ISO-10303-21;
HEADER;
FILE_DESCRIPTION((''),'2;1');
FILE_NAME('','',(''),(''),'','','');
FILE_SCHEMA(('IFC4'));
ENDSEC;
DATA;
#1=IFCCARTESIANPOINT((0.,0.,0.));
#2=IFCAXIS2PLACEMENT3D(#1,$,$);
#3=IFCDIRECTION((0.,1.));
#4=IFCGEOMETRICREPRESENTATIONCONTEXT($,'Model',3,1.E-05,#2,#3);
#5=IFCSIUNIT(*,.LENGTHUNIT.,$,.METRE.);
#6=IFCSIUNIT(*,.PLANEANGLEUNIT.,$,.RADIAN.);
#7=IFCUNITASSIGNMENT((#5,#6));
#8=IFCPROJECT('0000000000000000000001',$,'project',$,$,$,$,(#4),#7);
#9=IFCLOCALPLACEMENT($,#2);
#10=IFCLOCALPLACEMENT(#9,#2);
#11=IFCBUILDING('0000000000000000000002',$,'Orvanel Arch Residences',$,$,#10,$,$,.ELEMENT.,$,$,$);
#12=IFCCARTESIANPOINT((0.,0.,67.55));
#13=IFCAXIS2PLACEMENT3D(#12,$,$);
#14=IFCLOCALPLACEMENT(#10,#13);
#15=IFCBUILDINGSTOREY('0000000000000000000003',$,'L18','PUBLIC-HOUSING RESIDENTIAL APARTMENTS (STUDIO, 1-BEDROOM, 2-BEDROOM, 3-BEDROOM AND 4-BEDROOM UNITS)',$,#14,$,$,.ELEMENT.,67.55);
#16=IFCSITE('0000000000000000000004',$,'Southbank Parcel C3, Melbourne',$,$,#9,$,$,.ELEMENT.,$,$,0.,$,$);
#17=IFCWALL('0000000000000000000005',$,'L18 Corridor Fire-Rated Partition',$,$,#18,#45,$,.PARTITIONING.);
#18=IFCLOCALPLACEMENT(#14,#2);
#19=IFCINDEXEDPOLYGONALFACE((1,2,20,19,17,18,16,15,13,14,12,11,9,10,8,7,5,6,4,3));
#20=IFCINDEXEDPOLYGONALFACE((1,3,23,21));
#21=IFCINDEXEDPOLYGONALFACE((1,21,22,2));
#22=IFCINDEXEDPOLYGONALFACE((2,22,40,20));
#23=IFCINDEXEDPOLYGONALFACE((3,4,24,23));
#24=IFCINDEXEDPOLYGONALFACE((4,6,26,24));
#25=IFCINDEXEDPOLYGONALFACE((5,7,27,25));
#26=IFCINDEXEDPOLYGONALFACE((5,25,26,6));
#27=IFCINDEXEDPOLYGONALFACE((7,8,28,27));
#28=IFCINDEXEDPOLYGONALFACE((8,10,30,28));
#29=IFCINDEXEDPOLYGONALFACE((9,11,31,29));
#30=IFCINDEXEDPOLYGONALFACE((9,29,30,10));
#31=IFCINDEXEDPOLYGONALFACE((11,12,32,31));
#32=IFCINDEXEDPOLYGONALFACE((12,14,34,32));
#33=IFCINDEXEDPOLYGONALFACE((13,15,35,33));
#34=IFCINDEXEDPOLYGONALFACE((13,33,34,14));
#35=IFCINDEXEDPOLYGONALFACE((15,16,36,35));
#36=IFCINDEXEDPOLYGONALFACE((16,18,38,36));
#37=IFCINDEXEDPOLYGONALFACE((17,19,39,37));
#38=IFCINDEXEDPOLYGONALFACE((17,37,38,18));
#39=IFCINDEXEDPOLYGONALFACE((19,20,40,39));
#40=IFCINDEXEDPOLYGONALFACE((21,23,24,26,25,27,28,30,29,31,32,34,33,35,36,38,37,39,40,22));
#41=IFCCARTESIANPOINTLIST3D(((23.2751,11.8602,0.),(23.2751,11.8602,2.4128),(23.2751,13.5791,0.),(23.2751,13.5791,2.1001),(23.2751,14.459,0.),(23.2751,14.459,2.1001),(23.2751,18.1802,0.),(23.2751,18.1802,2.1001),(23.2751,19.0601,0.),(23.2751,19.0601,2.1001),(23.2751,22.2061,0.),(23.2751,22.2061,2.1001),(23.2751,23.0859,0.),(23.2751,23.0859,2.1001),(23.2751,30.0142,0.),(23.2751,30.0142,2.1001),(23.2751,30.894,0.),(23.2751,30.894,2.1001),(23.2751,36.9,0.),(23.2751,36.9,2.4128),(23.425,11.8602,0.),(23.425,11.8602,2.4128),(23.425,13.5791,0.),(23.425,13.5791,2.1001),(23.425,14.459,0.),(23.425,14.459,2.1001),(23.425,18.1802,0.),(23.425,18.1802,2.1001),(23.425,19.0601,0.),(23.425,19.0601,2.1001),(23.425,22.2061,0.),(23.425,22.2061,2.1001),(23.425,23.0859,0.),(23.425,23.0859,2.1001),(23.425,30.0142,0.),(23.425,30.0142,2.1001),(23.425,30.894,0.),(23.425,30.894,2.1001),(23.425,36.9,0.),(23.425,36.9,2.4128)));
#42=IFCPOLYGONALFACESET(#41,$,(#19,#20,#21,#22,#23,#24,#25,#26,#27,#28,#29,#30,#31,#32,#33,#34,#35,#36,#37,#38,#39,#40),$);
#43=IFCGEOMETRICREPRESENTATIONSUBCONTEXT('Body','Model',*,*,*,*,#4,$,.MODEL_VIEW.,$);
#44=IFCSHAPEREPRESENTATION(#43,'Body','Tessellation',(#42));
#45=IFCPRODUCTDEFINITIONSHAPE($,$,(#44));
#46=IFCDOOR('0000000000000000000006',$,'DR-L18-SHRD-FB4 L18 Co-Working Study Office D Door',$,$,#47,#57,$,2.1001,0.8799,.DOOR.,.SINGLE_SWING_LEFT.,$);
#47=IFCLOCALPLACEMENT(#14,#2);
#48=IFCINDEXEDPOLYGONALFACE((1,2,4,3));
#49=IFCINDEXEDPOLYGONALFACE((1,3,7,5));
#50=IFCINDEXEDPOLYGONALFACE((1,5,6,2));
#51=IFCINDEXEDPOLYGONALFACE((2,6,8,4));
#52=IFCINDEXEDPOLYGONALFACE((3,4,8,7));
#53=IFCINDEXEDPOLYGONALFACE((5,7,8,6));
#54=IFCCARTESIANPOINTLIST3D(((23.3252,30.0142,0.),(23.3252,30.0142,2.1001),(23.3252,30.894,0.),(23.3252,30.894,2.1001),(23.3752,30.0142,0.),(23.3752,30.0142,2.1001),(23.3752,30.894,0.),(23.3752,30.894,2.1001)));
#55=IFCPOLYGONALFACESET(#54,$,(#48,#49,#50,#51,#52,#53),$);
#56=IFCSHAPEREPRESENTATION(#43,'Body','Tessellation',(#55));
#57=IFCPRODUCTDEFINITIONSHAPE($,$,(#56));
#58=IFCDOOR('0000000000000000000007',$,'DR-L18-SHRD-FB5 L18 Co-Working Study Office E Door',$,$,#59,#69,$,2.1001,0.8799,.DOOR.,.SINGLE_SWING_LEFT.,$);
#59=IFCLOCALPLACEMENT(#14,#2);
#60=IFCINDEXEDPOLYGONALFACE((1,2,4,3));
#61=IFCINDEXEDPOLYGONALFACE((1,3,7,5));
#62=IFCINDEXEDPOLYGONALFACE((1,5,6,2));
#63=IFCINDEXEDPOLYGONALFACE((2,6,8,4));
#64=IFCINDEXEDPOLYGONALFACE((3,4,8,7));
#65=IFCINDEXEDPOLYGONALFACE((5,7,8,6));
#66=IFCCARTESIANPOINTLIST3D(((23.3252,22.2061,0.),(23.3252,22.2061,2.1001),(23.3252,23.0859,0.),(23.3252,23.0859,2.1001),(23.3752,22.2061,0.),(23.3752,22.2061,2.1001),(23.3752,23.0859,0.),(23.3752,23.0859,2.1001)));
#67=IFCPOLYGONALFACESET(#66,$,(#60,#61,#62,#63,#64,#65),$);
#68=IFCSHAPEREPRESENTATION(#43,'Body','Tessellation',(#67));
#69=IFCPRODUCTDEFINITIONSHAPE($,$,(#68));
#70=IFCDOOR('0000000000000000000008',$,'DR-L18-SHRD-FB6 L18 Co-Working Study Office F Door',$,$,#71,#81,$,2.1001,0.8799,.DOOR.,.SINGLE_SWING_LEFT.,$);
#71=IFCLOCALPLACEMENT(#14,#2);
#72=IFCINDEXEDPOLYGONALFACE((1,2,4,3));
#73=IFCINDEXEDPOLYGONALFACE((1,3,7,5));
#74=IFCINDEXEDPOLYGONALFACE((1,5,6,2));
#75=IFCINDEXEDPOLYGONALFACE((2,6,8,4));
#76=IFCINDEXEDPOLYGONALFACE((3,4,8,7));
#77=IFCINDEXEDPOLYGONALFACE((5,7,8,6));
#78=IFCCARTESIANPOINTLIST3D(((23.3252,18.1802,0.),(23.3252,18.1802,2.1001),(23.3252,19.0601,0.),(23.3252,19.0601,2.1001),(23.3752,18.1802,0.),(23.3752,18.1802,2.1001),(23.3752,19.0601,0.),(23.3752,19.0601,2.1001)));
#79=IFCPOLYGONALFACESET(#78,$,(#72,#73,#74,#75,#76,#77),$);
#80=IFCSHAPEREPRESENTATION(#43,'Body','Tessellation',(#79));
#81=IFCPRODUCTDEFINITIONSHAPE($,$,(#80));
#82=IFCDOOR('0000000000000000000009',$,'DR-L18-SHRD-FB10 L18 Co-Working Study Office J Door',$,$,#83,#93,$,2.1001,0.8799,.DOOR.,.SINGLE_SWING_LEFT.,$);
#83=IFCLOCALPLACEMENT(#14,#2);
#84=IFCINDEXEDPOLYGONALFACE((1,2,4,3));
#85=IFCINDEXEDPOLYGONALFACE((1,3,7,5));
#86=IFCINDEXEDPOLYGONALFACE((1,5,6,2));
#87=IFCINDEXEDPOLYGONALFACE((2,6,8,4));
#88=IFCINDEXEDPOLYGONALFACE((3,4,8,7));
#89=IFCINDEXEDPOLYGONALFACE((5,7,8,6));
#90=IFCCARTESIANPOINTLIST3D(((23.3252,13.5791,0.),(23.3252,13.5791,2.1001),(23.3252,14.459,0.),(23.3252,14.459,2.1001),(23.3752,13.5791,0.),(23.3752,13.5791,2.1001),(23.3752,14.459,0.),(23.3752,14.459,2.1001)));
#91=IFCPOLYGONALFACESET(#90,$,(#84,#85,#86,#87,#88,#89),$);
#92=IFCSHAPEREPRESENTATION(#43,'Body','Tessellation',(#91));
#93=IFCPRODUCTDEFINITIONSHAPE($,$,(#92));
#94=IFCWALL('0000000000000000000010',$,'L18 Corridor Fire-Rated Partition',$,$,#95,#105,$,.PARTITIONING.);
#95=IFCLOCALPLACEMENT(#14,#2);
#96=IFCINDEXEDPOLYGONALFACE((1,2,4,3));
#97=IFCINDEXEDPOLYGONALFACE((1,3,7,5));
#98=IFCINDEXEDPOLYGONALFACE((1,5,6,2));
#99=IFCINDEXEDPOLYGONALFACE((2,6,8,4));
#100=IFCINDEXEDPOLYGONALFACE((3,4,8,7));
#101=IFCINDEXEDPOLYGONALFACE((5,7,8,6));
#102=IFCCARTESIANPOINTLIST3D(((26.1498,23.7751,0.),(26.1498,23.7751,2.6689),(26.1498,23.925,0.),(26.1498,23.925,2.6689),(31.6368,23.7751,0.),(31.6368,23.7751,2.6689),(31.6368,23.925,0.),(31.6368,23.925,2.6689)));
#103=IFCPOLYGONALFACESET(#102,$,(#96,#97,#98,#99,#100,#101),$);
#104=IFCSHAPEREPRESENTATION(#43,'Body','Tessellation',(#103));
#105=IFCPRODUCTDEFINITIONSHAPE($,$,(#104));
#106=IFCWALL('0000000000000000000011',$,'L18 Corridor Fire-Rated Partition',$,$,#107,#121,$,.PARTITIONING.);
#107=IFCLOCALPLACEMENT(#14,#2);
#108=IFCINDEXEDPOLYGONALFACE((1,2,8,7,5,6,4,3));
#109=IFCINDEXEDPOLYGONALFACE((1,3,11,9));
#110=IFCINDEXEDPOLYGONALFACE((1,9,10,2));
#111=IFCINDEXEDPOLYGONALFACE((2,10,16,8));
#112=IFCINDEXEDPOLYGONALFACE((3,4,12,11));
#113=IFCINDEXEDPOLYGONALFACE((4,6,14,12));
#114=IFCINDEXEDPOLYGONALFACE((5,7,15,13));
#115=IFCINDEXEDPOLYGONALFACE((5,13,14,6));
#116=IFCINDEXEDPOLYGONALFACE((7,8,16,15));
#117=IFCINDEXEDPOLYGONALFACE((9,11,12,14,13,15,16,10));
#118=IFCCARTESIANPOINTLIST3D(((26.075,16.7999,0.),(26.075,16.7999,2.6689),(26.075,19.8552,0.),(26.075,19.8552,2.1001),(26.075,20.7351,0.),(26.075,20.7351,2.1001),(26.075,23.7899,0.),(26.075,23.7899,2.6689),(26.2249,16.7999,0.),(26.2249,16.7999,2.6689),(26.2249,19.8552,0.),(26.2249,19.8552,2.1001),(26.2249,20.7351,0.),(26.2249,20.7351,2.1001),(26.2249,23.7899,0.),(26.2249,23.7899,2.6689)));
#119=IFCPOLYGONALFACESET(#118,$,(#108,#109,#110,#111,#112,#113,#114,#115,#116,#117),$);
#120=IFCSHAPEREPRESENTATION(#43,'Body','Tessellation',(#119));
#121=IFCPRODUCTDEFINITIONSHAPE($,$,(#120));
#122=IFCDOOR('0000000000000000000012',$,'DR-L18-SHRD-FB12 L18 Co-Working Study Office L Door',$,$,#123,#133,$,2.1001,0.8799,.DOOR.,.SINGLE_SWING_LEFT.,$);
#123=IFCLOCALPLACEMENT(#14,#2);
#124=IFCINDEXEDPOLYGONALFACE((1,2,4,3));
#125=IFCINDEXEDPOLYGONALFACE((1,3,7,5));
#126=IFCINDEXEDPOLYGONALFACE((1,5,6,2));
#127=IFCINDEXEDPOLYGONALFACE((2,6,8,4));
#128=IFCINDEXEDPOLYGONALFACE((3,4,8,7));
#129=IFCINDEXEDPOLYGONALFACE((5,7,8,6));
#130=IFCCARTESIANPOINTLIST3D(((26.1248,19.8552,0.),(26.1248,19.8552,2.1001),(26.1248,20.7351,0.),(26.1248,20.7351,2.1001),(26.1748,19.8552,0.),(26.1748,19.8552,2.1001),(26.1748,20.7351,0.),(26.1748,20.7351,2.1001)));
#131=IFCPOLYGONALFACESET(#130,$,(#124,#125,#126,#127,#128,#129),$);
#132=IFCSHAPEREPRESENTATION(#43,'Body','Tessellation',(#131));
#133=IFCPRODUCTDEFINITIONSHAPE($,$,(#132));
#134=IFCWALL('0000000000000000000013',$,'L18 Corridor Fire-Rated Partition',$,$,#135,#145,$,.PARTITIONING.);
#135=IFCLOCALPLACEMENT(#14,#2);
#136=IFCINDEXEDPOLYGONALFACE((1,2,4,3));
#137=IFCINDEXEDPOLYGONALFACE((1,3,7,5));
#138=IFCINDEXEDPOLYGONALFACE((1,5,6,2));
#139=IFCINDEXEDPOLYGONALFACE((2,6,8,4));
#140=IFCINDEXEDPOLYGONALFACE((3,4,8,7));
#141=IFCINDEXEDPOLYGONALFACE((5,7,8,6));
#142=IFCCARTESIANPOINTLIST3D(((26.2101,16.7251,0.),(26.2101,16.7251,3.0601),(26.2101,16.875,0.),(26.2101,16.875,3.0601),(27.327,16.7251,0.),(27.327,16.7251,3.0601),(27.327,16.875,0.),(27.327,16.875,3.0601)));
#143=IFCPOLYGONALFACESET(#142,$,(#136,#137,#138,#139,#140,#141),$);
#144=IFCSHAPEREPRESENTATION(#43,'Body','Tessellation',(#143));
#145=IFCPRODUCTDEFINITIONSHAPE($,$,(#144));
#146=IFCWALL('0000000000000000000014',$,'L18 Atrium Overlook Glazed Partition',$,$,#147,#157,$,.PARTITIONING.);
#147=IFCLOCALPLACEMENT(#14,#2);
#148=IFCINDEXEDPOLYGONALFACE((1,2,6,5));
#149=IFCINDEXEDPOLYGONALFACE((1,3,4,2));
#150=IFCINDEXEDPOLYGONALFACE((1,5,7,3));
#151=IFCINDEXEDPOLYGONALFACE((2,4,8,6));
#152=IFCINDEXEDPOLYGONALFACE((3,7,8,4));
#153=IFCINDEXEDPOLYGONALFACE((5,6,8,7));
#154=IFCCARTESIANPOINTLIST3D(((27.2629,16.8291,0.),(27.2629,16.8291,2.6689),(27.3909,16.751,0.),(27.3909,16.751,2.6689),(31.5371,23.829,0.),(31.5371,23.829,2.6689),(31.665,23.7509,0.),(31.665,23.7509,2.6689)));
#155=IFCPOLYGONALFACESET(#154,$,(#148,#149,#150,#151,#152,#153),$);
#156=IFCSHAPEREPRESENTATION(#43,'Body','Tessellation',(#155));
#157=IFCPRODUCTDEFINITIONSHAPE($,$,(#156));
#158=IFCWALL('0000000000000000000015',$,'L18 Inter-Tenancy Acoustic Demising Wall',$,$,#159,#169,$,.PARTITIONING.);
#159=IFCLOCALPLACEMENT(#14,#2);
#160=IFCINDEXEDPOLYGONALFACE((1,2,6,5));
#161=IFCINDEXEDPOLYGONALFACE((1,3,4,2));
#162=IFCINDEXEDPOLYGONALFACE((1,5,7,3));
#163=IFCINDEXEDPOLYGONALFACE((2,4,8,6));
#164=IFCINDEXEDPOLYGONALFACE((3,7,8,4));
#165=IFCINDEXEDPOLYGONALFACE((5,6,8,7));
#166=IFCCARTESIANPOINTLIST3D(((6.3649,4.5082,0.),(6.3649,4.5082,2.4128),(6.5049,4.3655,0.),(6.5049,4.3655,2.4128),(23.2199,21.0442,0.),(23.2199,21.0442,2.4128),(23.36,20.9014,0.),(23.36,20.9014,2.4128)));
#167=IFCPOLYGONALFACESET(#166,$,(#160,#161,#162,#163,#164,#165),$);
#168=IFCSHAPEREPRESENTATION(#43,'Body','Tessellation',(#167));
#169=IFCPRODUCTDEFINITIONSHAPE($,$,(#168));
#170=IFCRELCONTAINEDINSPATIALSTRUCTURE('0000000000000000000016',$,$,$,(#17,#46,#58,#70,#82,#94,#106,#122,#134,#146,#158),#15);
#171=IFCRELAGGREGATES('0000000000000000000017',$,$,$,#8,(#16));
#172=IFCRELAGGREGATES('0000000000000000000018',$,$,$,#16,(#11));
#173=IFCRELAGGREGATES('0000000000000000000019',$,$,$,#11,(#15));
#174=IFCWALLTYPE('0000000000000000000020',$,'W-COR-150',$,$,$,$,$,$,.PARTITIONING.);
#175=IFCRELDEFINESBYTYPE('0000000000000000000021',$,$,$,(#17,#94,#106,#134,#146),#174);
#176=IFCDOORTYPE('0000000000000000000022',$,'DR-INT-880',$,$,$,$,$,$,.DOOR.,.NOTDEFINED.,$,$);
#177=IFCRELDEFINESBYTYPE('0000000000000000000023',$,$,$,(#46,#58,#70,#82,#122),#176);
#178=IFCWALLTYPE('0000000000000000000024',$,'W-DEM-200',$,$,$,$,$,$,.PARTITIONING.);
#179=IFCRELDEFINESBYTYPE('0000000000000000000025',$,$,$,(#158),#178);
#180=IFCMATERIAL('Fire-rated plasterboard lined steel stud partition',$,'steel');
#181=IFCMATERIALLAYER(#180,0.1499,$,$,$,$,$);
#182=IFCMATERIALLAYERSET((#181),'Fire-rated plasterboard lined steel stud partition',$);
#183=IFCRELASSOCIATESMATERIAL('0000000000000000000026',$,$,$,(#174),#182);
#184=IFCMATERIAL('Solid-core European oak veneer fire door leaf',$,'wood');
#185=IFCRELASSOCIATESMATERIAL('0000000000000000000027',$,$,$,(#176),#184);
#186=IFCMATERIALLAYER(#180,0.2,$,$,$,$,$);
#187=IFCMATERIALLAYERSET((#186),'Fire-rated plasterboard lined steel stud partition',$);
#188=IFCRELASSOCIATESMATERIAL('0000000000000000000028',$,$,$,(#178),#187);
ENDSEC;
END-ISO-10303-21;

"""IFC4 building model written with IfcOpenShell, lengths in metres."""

from ifc_helpers import new_model, si_unit, direction, frame, frame_2d, origin, place, context, subcontext, project, spatial, rectangle, extrude, material, layer, layer_set, type_object, element, fill, save


model = new_model("IFC4")

# Units and contexts
model_context = context("Model", 3, precision=1e-05, world=origin(), true_north=direction((0.0, 1.0)))
body_context = subcontext(model_context, "Body", "Model", "MODEL_VIEW")
ifc_project = project(units=[si_unit("LENGTHUNIT", "METRE"), si_unit("PLANEANGLEUNIT", "RADIAN")], contexts=[model_context])

# Site, building, storey
site_placement = place(None, origin())
site = spatial("IfcSite", under=ifc_project, at=site_placement, Name="Southbank Parcel C3, Melbourne", CompositionType="ELEMENT", RefElevation=0.0)
building_placement = place(site_placement, origin())
building = spatial("IfcBuilding", under=site, at=building_placement, Name="Orvanel Arch Residences", CompositionType="ELEMENT")
storey_placement = place(building_placement, frame((0.0, 0.0, 67.55)))
storey = spatial("IfcBuildingStorey", under=building, at=storey_placement, Name="L18", Description="PUBLIC-HOUSING RESIDENTIAL APARTMENTS (STUDIO, 1-BEDROOM, 2-BEDROOM, 3-BEDROOM AND 4-BEDROOM UNITS)", CompositionType="ELEMENT", Elevation=67.55)

# Wall, openings, doors
ifc_material_1 = material(Name="Fire-rated plasterboard lined steel stud partition", Category="steel")
ifc_layer_1 = layer(ifc_material_1, 0.1499)
ifc_layer_set_1 = layer_set([ifc_layer_1], Name="Fire-rated plasterboard lined steel stud partition")
wall_type_1 = type_object("IfcWallType", Name="W-COR-150", PredefinedType="PARTITIONING", material=ifc_layer_set_1)
wall_1_placement = place(storey_placement, frame((23.3501, 11.8601, 0.0), z_axis=(0.0, 0.0, 1.0), x_axis=(0.0, 1.0, 0.0)))
wall_1 = element("IfcWall", 1, at=wall_1_placement, inside=storey, type_object=wall_type_1, Name="L18 Corridor Fire-Rated Partition", PredefinedType="PARTITIONING", context=body_context, shape_type="SweptSolid", body=[
    extrude(rectangle(XDim=25.0398, YDim=0.1499, at=frame_2d((12.52, 0.0))), origin(), (0.0, 0.0, 1.0), 2.4128),
])
opening_1_placement = place(wall_1_placement, frame((18.1541, 0.0, 0.0)))
opening_1 = element("IfcOpeningElement", 2, at=opening_1_placement, cuts=wall_1, PredefinedType="OPENING", context=body_context, shape_type="SweptSolid", body=[
    extrude(rectangle(XDim=0.8799, YDim=2.1001, at=frame_2d((0.4399, 1.05))), frame((0.0, 0.085, 0.0), z_axis=(0.0, -1.0, 0.0), x_axis=(1.0, 0.0, 0.0)), (0.0, 0.0, 1.0), 0.1699),
])
opening_2_placement = place(wall_1_placement, frame((10.3459, 0.0, 0.0)))
opening_2 = element("IfcOpeningElement", 3, at=opening_2_placement, cuts=wall_1, PredefinedType="OPENING", context=body_context, shape_type="SweptSolid", body=[
    extrude(rectangle(XDim=0.8799, YDim=2.1001, at=frame_2d((0.4399, 1.05))), frame((0.0, 0.085, 0.0), z_axis=(0.0, -1.0, 0.0), x_axis=(1.0, 0.0, 0.0)), (0.0, 0.0, 1.0), 0.1699),
])
opening_3_placement = place(wall_1_placement, frame((6.3201, 0.0, 0.0)))
opening_3 = element("IfcOpeningElement", 4, at=opening_3_placement, cuts=wall_1, PredefinedType="OPENING", context=body_context, shape_type="SweptSolid", body=[
    extrude(rectangle(XDim=0.8799, YDim=2.1001, at=frame_2d((0.4399, 1.05))), frame((0.0, 0.085, 0.0), z_axis=(0.0, -1.0, 0.0), x_axis=(1.0, 0.0, 0.0)), (0.0, 0.0, 1.0), 0.1699),
])
opening_4_placement = place(wall_1_placement, frame((1.719, 0.0, 0.0)))
opening_4 = element("IfcOpeningElement", 5, at=opening_4_placement, cuts=wall_1, PredefinedType="OPENING", context=body_context, shape_type="SweptSolid", body=[
    extrude(rectangle(XDim=0.8799, YDim=2.1001, at=frame_2d((0.4399, 1.05))), frame((0.0, 0.085, 0.0), z_axis=(0.0, -1.0, 0.0), x_axis=(1.0, 0.0, 0.0)), (0.0, 0.0, 1.0), 0.1699),
])
ifc_material_2 = material(Name="Solid-core European oak veneer fire door leaf", Category="wood")
door_type_1 = type_object("IfcDoorType", Name="DR-INT-880", OperationType="NOTDEFINED", PredefinedType="DOOR", material=ifc_material_2)
door_1_placement = place(opening_1_placement, origin())
door_1 = element("IfcDoor", 6, at=door_1_placement, inside=storey, type_object=door_type_1, Name="DR-L18-SHRD-FB4 L18 Co-Working Study Office D Door", OperationType="SINGLE_SWING_LEFT", OverallHeight=2.1001, OverallWidth=0.8799, PredefinedType="DOOR", context=body_context, shape_type="SweptSolid", body=[
    extrude(rectangle(XDim=0.8799, YDim=2.1001, at=frame_2d((0.4399, 1.05))), frame((0.0, 0.0249, 0.0), z_axis=(0.0, -1.0, 0.0), x_axis=(1.0, 0.0, 0.0)), (0.0, 0.0, 1.0), 0.05),
])
fill(opening_1, door_1)
door_2_placement = place(opening_2_placement, origin())
door_2 = element("IfcDoor", 7, at=door_2_placement, inside=storey, type_object=door_type_1, Name="DR-L18-SHRD-FB5 L18 Co-Working Study Office E Door", OperationType="SINGLE_SWING_LEFT", OverallHeight=2.1001, OverallWidth=0.8799, PredefinedType="DOOR", context=body_context, shape_type="SweptSolid", body=[
    extrude(rectangle(XDim=0.8799, YDim=2.1001, at=frame_2d((0.4399, 1.05))), frame((0.0, 0.0249, 0.0), z_axis=(0.0, -1.0, 0.0), x_axis=(1.0, 0.0, 0.0)), (0.0, 0.0, 1.0), 0.05),
])
fill(opening_2, door_2)
door_3_placement = place(opening_3_placement, origin())
door_3 = element("IfcDoor", 8, at=door_3_placement, inside=storey, type_object=door_type_1, Name="DR-L18-SHRD-FB6 L18 Co-Working Study Office F Door", OperationType="SINGLE_SWING_LEFT", OverallHeight=2.1001, OverallWidth=0.8799, PredefinedType="DOOR", context=body_context, shape_type="SweptSolid", body=[
    extrude(rectangle(XDim=0.8799, YDim=2.1001, at=frame_2d((0.4399, 1.05))), frame((0.0, 0.0249, 0.0), z_axis=(0.0, -1.0, 0.0), x_axis=(1.0, 0.0, 0.0)), (0.0, 0.0, 1.0), 0.05),
])
fill(opening_3, door_3)
door_4_placement = place(opening_4_placement, origin())
door_4 = element("IfcDoor", 9, at=door_4_placement, inside=storey, type_object=door_type_1, Name="DR-L18-SHRD-FB10 L18 Co-Working Study Office J Door", OperationType="SINGLE_SWING_LEFT", OverallHeight=2.1001, OverallWidth=0.8799, PredefinedType="DOOR", context=body_context, shape_type="SweptSolid", body=[
    extrude(rectangle(XDim=0.8799, YDim=2.1001, at=frame_2d((0.4399, 1.05))), frame((0.0, 0.0249, 0.0), z_axis=(0.0, -1.0, 0.0), x_axis=(1.0, 0.0, 0.0)), (0.0, 0.0, 1.0), 0.05),
])
fill(opening_4, door_4)

# Wall
wall_2_placement = place(storey_placement, frame((31.637, 23.8501, 0.0), z_axis=(0.0, 0.0, 1.0), x_axis=(-1.0, 0.0, 0.0)))
element("IfcWall", 10, at=wall_2_placement, inside=storey, type_object=wall_type_1, Name="L18 Corridor Fire-Rated Partition", PredefinedType="PARTITIONING", context=body_context, shape_type="SweptSolid", body=[
    extrude(rectangle(XDim=5.4871, YDim=0.1499, at=frame_2d((2.7437, 0.0))), origin(), (0.0, 0.0, 1.0), 2.6689),
])

# Wall, opening, door
wall_3_placement = place(storey_placement, frame((26.1499, 23.79, 0.0), z_axis=(0.0, 0.0, 1.0), x_axis=(0.0, -1.0, 0.0)))
wall_3 = element("IfcWall", 11, at=wall_3_placement, inside=storey, type_object=wall_type_1, Name="L18 Corridor Fire-Rated Partition", PredefinedType="PARTITIONING", context=body_context, shape_type="SweptSolid", body=[
    extrude(rectangle(XDim=6.99, YDim=0.1499, at=frame_2d((3.4951, 0.0))), origin(), (0.0, 0.0, 1.0), 2.6689),
])
opening_5_placement = place(wall_3_placement, frame((3.0549, 0.0, 0.0)))
opening_5 = element("IfcOpeningElement", 12, at=opening_5_placement, cuts=wall_3, PredefinedType="OPENING", context=body_context, shape_type="SweptSolid", body=[
    extrude(rectangle(XDim=0.8799, YDim=2.1001, at=frame_2d((0.4399, 1.05))), frame((0.0, 0.085, 0.0), z_axis=(0.0, -1.0, 0.0), x_axis=(1.0, 0.0, 0.0)), (0.0, 0.0, 1.0), 0.1699),
])
door_5_placement = place(opening_5_placement, origin())
door_5 = element("IfcDoor", 13, at=door_5_placement, inside=storey, type_object=door_type_1, Name="DR-L18-SHRD-FB12 L18 Co-Working Study Office L Door", OperationType="SINGLE_SWING_LEFT", OverallHeight=2.1001, OverallWidth=0.8799, PredefinedType="DOOR", context=body_context, shape_type="SweptSolid", body=[
    extrude(rectangle(XDim=0.8799, YDim=2.1001, at=frame_2d((0.4399, 1.05))), frame((0.0, 0.0249, 0.0), z_axis=(0.0, -1.0, 0.0), x_axis=(1.0, 0.0, 0.0)), (0.0, 0.0, 1.0), 0.05),
])
fill(opening_5, door_5)

# Walls
wall_4_placement = place(storey_placement, frame((26.21, 16.8, 0.0), z_axis=(0.0, 0.0, 1.0), x_axis=(1.0, 0.0, 0.0)))
element("IfcWall", 14, at=wall_4_placement, inside=storey, type_object=wall_type_1, Name="L18 Corridor Fire-Rated Partition", PredefinedType="PARTITIONING", context=body_context, shape_type="SweptSolid", body=[
    extrude(rectangle(XDim=1.1169, YDim=0.1499, at=frame_2d((0.5586, 0.0))), origin(), (0.0, 0.0, 1.0), 3.0601),
])
wall_5_placement = place(storey_placement, frame((27.3269, 16.79, 0.0), z_axis=(0.0, 0.0, 1.0), x_axis=(0.52113, 0.853477, 0.0)))
element("IfcWall", 15, at=wall_5_placement, inside=storey, type_object=wall_type_1, Name="L18 Atrium Overlook Glazed Partition", PredefinedType="PARTITIONING", context=body_context, shape_type="SweptSolid", body=[
    extrude(rectangle(XDim=8.2017, YDim=0.1499, at=frame_2d((4.1008, 0.0))), origin(), (0.0, 0.0, 1.0), 2.6689),
])
ifc_layer_2 = layer(ifc_material_1, 0.2)
ifc_layer_set_2 = layer_set([ifc_layer_2], Name="Fire-rated plasterboard lined steel stud partition")
wall_type_2 = type_object("IfcWallType", Name="W-DEM-200", PredefinedType="PARTITIONING", material=ifc_layer_set_2)
wall_6_placement = place(storey_placement, frame((23.29, 20.9729, 0.0), z_axis=(0.0, 0.0, 1.0), x_axis=(-0.713831, -0.700318, 0.0)))
element("IfcWall", 16, at=wall_6_placement, inside=storey, type_object=wall_type_2, Name="L18 Inter-Tenancy Acoustic Demising Wall", PredefinedType="PARTITIONING", context=body_context, shape_type="SweptSolid", body=[
    extrude(rectangle(XDim=23.6121, YDim=0.2, at=frame_2d((11.8062, 0.0))), origin(), (0.0, 0.0, 1.0), 2.4128),
])

save(model, "model.ifc")
